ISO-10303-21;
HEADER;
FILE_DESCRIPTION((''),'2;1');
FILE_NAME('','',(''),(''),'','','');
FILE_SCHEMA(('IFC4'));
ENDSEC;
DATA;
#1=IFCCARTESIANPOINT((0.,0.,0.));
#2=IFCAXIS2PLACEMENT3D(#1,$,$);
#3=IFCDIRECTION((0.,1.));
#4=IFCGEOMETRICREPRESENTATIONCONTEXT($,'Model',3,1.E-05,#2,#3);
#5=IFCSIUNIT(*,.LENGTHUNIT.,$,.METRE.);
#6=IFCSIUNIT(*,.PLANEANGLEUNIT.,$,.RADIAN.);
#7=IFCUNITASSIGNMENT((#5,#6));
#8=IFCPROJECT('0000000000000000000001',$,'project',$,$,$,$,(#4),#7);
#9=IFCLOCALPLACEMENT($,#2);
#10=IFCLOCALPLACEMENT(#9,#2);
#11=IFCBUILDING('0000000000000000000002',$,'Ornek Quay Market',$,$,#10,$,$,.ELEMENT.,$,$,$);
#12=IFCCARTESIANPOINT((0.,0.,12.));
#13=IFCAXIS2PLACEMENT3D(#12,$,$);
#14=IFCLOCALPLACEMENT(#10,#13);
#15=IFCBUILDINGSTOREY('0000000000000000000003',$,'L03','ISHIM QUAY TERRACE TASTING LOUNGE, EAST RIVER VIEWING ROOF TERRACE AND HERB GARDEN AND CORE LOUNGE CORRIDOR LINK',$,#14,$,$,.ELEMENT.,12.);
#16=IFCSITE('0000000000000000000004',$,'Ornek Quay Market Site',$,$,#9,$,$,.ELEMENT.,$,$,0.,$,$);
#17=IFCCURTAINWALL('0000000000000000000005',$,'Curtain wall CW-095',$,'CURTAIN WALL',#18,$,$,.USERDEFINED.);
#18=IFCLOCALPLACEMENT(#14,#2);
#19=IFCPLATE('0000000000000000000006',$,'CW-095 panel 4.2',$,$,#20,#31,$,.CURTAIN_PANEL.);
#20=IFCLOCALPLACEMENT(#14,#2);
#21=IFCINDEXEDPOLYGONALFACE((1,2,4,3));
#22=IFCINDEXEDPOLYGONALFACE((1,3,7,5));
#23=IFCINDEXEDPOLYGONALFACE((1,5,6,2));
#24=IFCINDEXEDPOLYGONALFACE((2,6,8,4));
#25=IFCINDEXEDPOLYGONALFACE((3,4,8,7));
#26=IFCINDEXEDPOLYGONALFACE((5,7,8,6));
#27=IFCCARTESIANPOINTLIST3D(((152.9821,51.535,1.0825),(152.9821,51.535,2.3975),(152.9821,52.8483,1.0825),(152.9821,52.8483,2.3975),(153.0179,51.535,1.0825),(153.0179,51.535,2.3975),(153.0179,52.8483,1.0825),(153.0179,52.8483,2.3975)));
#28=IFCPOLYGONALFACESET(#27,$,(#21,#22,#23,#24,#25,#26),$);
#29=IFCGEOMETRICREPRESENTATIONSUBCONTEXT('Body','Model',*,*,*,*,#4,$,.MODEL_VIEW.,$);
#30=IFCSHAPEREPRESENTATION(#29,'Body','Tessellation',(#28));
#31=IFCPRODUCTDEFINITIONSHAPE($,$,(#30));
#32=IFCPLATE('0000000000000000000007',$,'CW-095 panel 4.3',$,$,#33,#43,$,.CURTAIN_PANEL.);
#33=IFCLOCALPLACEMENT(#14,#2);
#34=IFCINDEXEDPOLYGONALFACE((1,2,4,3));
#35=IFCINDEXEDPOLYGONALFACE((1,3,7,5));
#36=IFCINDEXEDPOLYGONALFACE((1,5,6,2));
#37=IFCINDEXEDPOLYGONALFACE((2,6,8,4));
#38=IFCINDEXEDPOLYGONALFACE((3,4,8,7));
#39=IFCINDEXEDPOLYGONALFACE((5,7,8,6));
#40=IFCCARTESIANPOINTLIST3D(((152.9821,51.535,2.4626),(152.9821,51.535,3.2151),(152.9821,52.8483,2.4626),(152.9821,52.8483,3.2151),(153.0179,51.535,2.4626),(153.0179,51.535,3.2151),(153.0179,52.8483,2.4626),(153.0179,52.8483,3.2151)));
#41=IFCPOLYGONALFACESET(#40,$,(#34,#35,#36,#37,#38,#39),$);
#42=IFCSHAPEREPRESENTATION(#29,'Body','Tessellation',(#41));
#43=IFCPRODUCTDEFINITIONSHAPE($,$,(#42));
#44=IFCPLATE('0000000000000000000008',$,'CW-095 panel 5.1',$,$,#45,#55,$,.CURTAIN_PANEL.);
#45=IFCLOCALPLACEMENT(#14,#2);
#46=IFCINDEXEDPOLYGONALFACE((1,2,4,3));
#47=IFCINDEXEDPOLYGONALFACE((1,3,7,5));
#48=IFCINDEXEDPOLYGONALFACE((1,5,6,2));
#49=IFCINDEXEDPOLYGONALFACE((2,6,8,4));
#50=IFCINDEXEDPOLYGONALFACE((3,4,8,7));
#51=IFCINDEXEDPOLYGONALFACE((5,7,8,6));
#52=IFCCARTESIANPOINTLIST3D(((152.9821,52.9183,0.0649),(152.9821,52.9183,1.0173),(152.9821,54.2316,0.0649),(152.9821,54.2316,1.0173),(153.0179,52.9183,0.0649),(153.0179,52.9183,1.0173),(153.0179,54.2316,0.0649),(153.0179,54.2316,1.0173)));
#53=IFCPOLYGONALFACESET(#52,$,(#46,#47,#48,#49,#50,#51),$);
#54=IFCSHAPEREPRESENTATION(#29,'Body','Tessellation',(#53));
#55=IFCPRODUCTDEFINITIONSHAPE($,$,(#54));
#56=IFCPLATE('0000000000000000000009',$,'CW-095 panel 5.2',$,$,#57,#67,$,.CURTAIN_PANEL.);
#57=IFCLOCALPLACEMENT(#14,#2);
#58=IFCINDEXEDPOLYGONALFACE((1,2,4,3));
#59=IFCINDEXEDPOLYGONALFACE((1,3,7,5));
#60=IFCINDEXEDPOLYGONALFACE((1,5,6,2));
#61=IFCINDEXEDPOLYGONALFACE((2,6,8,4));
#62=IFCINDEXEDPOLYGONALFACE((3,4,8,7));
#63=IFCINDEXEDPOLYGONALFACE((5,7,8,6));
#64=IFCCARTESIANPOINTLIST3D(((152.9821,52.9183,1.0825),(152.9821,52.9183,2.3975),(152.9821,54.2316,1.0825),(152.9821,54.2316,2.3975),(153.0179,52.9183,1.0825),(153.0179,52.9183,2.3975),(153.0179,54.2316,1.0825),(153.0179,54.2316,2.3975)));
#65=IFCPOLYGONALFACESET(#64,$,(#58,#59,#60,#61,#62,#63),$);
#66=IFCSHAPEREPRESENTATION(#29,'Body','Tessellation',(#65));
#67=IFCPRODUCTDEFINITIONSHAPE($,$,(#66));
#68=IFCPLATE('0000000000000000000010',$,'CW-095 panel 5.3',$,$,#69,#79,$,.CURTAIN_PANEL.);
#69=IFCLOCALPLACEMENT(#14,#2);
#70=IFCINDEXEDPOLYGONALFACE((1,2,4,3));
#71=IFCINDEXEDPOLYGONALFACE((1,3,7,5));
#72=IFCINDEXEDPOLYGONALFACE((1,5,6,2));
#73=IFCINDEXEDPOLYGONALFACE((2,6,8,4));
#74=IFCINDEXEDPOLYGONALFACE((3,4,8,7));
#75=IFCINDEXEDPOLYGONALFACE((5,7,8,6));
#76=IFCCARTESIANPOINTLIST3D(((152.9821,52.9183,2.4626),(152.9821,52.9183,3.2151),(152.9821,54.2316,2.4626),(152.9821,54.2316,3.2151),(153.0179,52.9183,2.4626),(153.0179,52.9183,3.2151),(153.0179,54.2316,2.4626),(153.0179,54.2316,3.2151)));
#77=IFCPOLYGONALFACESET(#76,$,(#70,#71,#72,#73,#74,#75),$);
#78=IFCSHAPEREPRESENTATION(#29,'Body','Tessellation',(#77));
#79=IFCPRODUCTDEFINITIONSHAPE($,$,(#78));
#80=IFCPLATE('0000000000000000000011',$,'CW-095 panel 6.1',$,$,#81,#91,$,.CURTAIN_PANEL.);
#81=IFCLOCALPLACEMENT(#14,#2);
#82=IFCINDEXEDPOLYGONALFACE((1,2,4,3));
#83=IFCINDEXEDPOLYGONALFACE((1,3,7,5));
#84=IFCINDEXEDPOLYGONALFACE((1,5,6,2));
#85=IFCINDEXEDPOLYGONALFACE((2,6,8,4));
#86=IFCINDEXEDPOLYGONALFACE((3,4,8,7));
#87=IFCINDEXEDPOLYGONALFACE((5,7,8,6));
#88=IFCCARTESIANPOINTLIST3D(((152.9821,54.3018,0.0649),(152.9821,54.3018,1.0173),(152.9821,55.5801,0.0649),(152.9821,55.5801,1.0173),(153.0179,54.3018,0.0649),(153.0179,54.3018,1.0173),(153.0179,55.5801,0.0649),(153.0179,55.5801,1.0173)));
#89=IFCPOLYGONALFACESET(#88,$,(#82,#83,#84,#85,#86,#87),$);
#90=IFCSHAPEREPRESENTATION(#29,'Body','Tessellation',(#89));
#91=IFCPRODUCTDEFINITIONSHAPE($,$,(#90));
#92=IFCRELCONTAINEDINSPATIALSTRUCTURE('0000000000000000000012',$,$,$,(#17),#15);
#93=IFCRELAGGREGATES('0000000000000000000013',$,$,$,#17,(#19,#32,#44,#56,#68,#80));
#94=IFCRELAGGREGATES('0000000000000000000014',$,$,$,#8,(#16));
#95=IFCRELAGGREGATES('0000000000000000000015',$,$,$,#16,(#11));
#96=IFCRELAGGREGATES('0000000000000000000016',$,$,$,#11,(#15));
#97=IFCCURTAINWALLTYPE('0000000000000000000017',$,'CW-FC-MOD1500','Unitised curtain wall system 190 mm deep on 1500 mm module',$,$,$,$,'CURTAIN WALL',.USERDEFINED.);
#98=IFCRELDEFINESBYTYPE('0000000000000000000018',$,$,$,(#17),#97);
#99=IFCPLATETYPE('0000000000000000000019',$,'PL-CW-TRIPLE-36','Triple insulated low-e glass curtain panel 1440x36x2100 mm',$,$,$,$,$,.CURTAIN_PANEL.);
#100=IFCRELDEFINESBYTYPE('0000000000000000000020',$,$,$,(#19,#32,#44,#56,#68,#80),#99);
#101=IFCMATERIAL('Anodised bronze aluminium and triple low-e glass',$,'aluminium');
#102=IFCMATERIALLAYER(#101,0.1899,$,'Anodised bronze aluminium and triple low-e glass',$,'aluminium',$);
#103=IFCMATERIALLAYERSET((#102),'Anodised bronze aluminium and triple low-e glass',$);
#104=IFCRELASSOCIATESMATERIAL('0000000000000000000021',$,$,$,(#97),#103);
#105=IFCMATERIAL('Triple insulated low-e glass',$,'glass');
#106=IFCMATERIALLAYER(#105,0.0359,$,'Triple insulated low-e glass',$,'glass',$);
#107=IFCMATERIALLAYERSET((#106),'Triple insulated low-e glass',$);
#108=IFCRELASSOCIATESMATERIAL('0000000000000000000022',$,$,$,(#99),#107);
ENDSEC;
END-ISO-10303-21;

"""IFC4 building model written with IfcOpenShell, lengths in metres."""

from ifc_helpers import new_model, si_unit, direction, frame, origin, origin_2d, place, context, subcontext, project, spatial, rectangle, extrude, material, layer, layer_set, type_object, element, aggregate, save


model = new_model("IFC4")

# Units and contexts
model_context = context("Model", 3, precision=1e-05, world=origin(), true_north=direction((0.0, 1.0)))
body_context = subcontext(model_context, "Body", "Model", "MODEL_VIEW")
ifc_project = project(units=[si_unit("LENGTHUNIT", "METRE"), si_unit("PLANEANGLEUNIT", "RADIAN")], contexts=[model_context])

# Site, building, storey
site_placement = place(None, origin())
site = spatial("IfcSite", under=ifc_project, at=site_placement, Name="Ornek Quay Market Site", CompositionType="ELEMENT", RefElevation=0.0)
building_placement = place(site_placement, origin())
building = spatial("IfcBuilding", under=site, at=building_placement, Name="Ornek Quay Market", CompositionType="ELEMENT")
storey_placement = place(building_placement, frame((0.0, 0.0, 12.0)))
storey = spatial("IfcBuildingStorey", under=building, at=storey_placement, Name="L03", Description="ISHIM QUAY TERRACE TASTING LOUNGE, EAST RIVER VIEWING ROOF TERRACE AND HERB GARDEN AND CORE LOUNGE CORRIDOR LINK", CompositionType="ELEMENT", Elevation=12.0)

# Shared definitions
ifc_material_1 = material(Name="Anodised bronze aluminium and triple low-e glass", Category="aluminium")

# Curtain wall
ifc_layer_1 = layer(ifc_material_1, 0.1899, Name="Anodised bronze aluminium and triple low-e glass", Category="aluminium")
ifc_layer_set_1 = layer_set([ifc_layer_1], Name="Anodised bronze aluminium and triple low-e glass")
curtain_wall_type_1 = type_object("IfcCurtainWallType", Name="CW-FC-MOD1500", Description="Unitised curtain wall system 190 mm deep on 1500 mm module", ElementType="CURTAIN WALL", PredefinedType="USERDEFINED", material=ifc_layer_set_1)
curtain_wall_1_placement = place(storey_placement, origin())
curtain_wall_1 = element("IfcCurtainWall", 1, at=curtain_wall_1_placement, inside=storey, type_object=curtain_wall_type_1, Name="Curtain wall CW-095", ObjectType="CURTAIN WALL", PredefinedType="USERDEFINED")

# Plates
ifc_material_2 = material(Name="Triple insulated low-e glass", Category="glass")
ifc_layer_2 = layer(ifc_material_2, 0.0359, Name="Triple insulated low-e glass", Category="glass")
ifc_layer_set_2 = layer_set([ifc_layer_2], Name="Triple insulated low-e glass")
plate_type_1 = type_object("IfcPlateType", Name="PL-CW-TRIPLE-36", Description="Triple insulated low-e glass curtain panel 1440x36x2100 mm", PredefinedType="CURTAIN_PANEL", material=ifc_layer_set_2)
plate_1_placement = place(storey_placement, frame((153.0, 52.1917, 1.0825), z_axis=(0.0, 0.0, 1.0), x_axis=(0.0, 1.0, 0.0)))
plate_1 = element("IfcPlate", 2, at=plate_1_placement, type_object=plate_type_1, Name="CW-095 panel 4.2", PredefinedType="CURTAIN_PANEL", context=body_context, shape_type="SweptSolid", body=[
    extrude(rectangle(XDim=1.3132, YDim=0.0359, at=origin_2d()), origin(), (0.0, 0.0, 1.0), 1.3149),
])
plate_2_placement = place(storey_placement, frame((153.0, 52.1917, 2.4626), z_axis=(0.0, 0.0, 1.0), x_axis=(0.0, 1.0, 0.0)))
plate_2 = element("IfcPlate", 3, at=plate_2_placement, type_object=plate_type_1, Name="CW-095 panel 4.3", PredefinedType="CURTAIN_PANEL", context=body_context, shape_type="SweptSolid", body=[
    extrude(rectangle(XDim=1.3132, YDim=0.0359, at=origin_2d()), origin(), (0.0, 0.0, 1.0), 0.7524),
])
plate_3_placement = place(storey_placement, frame((153.0, 53.575, 0.0649), z_axis=(0.0, 0.0, 1.0), x_axis=(0.0, 1.0, 0.0)))
plate_3 = element("IfcPlate", 4, at=plate_3_placement, type_object=plate_type_1, Name="CW-095 panel 5.1", PredefinedType="CURTAIN_PANEL", context=body_context, shape_type="SweptSolid", body=[
    extrude(rectangle(XDim=1.3132, YDim=0.0359, at=origin_2d()), origin(), (0.0, 0.0, 1.0), 0.9524),
])
plate_4_placement = place(storey_placement, frame((153.0, 53.575, 1.0825), z_axis=(0.0, 0.0, 1.0), x_axis=(0.0, 1.0, 0.0)))
plate_4 = element("IfcPlate", 5, at=plate_4_placement, type_object=plate_type_1, Name="CW-095 panel 5.2", PredefinedType="CURTAIN_PANEL", context=body_context, shape_type="SweptSolid", body=[
    extrude(rectangle(XDim=1.3132, YDim=0.0359, at=origin_2d()), origin(), (0.0, 0.0, 1.0), 1.3149),
])
plate_5_placement = place(storey_placement, frame((153.0, 53.575, 2.4626), z_axis=(0.0, 0.0, 1.0), x_axis=(0.0, 1.0, 0.0)))
plate_5 = element("IfcPlate", 6, at=plate_5_placement, type_object=plate_type_1, Name="CW-095 panel 5.3", PredefinedType="CURTAIN_PANEL", context=body_context, shape_type="SweptSolid", body=[
    extrude(rectangle(XDim=1.3132, YDim=0.0359, at=origin_2d()), origin(), (0.0, 0.0, 1.0), 0.7524),
])
plate_6_placement = place(storey_placement, frame((153.0, 54.9409, 0.0649), z_axis=(0.0, 0.0, 1.0), x_axis=(0.0, 1.0, 0.0)))
plate_6 = element("IfcPlate", 7, at=plate_6_placement, type_object=plate_type_1, Name="CW-095 panel 6.1", PredefinedType="CURTAIN_PANEL", context=body_context, shape_type="SweptSolid", body=[
    extrude(rectangle(XDim=1.2783, YDim=0.0359, at=origin_2d()), origin(), (0.0, 0.0, 1.0), 0.9524),
])
aggregate(curtain_wall_1, [plate_1, plate_2, plate_3, plate_4, plate_5, plate_6])

save(model, "model.ifc")
